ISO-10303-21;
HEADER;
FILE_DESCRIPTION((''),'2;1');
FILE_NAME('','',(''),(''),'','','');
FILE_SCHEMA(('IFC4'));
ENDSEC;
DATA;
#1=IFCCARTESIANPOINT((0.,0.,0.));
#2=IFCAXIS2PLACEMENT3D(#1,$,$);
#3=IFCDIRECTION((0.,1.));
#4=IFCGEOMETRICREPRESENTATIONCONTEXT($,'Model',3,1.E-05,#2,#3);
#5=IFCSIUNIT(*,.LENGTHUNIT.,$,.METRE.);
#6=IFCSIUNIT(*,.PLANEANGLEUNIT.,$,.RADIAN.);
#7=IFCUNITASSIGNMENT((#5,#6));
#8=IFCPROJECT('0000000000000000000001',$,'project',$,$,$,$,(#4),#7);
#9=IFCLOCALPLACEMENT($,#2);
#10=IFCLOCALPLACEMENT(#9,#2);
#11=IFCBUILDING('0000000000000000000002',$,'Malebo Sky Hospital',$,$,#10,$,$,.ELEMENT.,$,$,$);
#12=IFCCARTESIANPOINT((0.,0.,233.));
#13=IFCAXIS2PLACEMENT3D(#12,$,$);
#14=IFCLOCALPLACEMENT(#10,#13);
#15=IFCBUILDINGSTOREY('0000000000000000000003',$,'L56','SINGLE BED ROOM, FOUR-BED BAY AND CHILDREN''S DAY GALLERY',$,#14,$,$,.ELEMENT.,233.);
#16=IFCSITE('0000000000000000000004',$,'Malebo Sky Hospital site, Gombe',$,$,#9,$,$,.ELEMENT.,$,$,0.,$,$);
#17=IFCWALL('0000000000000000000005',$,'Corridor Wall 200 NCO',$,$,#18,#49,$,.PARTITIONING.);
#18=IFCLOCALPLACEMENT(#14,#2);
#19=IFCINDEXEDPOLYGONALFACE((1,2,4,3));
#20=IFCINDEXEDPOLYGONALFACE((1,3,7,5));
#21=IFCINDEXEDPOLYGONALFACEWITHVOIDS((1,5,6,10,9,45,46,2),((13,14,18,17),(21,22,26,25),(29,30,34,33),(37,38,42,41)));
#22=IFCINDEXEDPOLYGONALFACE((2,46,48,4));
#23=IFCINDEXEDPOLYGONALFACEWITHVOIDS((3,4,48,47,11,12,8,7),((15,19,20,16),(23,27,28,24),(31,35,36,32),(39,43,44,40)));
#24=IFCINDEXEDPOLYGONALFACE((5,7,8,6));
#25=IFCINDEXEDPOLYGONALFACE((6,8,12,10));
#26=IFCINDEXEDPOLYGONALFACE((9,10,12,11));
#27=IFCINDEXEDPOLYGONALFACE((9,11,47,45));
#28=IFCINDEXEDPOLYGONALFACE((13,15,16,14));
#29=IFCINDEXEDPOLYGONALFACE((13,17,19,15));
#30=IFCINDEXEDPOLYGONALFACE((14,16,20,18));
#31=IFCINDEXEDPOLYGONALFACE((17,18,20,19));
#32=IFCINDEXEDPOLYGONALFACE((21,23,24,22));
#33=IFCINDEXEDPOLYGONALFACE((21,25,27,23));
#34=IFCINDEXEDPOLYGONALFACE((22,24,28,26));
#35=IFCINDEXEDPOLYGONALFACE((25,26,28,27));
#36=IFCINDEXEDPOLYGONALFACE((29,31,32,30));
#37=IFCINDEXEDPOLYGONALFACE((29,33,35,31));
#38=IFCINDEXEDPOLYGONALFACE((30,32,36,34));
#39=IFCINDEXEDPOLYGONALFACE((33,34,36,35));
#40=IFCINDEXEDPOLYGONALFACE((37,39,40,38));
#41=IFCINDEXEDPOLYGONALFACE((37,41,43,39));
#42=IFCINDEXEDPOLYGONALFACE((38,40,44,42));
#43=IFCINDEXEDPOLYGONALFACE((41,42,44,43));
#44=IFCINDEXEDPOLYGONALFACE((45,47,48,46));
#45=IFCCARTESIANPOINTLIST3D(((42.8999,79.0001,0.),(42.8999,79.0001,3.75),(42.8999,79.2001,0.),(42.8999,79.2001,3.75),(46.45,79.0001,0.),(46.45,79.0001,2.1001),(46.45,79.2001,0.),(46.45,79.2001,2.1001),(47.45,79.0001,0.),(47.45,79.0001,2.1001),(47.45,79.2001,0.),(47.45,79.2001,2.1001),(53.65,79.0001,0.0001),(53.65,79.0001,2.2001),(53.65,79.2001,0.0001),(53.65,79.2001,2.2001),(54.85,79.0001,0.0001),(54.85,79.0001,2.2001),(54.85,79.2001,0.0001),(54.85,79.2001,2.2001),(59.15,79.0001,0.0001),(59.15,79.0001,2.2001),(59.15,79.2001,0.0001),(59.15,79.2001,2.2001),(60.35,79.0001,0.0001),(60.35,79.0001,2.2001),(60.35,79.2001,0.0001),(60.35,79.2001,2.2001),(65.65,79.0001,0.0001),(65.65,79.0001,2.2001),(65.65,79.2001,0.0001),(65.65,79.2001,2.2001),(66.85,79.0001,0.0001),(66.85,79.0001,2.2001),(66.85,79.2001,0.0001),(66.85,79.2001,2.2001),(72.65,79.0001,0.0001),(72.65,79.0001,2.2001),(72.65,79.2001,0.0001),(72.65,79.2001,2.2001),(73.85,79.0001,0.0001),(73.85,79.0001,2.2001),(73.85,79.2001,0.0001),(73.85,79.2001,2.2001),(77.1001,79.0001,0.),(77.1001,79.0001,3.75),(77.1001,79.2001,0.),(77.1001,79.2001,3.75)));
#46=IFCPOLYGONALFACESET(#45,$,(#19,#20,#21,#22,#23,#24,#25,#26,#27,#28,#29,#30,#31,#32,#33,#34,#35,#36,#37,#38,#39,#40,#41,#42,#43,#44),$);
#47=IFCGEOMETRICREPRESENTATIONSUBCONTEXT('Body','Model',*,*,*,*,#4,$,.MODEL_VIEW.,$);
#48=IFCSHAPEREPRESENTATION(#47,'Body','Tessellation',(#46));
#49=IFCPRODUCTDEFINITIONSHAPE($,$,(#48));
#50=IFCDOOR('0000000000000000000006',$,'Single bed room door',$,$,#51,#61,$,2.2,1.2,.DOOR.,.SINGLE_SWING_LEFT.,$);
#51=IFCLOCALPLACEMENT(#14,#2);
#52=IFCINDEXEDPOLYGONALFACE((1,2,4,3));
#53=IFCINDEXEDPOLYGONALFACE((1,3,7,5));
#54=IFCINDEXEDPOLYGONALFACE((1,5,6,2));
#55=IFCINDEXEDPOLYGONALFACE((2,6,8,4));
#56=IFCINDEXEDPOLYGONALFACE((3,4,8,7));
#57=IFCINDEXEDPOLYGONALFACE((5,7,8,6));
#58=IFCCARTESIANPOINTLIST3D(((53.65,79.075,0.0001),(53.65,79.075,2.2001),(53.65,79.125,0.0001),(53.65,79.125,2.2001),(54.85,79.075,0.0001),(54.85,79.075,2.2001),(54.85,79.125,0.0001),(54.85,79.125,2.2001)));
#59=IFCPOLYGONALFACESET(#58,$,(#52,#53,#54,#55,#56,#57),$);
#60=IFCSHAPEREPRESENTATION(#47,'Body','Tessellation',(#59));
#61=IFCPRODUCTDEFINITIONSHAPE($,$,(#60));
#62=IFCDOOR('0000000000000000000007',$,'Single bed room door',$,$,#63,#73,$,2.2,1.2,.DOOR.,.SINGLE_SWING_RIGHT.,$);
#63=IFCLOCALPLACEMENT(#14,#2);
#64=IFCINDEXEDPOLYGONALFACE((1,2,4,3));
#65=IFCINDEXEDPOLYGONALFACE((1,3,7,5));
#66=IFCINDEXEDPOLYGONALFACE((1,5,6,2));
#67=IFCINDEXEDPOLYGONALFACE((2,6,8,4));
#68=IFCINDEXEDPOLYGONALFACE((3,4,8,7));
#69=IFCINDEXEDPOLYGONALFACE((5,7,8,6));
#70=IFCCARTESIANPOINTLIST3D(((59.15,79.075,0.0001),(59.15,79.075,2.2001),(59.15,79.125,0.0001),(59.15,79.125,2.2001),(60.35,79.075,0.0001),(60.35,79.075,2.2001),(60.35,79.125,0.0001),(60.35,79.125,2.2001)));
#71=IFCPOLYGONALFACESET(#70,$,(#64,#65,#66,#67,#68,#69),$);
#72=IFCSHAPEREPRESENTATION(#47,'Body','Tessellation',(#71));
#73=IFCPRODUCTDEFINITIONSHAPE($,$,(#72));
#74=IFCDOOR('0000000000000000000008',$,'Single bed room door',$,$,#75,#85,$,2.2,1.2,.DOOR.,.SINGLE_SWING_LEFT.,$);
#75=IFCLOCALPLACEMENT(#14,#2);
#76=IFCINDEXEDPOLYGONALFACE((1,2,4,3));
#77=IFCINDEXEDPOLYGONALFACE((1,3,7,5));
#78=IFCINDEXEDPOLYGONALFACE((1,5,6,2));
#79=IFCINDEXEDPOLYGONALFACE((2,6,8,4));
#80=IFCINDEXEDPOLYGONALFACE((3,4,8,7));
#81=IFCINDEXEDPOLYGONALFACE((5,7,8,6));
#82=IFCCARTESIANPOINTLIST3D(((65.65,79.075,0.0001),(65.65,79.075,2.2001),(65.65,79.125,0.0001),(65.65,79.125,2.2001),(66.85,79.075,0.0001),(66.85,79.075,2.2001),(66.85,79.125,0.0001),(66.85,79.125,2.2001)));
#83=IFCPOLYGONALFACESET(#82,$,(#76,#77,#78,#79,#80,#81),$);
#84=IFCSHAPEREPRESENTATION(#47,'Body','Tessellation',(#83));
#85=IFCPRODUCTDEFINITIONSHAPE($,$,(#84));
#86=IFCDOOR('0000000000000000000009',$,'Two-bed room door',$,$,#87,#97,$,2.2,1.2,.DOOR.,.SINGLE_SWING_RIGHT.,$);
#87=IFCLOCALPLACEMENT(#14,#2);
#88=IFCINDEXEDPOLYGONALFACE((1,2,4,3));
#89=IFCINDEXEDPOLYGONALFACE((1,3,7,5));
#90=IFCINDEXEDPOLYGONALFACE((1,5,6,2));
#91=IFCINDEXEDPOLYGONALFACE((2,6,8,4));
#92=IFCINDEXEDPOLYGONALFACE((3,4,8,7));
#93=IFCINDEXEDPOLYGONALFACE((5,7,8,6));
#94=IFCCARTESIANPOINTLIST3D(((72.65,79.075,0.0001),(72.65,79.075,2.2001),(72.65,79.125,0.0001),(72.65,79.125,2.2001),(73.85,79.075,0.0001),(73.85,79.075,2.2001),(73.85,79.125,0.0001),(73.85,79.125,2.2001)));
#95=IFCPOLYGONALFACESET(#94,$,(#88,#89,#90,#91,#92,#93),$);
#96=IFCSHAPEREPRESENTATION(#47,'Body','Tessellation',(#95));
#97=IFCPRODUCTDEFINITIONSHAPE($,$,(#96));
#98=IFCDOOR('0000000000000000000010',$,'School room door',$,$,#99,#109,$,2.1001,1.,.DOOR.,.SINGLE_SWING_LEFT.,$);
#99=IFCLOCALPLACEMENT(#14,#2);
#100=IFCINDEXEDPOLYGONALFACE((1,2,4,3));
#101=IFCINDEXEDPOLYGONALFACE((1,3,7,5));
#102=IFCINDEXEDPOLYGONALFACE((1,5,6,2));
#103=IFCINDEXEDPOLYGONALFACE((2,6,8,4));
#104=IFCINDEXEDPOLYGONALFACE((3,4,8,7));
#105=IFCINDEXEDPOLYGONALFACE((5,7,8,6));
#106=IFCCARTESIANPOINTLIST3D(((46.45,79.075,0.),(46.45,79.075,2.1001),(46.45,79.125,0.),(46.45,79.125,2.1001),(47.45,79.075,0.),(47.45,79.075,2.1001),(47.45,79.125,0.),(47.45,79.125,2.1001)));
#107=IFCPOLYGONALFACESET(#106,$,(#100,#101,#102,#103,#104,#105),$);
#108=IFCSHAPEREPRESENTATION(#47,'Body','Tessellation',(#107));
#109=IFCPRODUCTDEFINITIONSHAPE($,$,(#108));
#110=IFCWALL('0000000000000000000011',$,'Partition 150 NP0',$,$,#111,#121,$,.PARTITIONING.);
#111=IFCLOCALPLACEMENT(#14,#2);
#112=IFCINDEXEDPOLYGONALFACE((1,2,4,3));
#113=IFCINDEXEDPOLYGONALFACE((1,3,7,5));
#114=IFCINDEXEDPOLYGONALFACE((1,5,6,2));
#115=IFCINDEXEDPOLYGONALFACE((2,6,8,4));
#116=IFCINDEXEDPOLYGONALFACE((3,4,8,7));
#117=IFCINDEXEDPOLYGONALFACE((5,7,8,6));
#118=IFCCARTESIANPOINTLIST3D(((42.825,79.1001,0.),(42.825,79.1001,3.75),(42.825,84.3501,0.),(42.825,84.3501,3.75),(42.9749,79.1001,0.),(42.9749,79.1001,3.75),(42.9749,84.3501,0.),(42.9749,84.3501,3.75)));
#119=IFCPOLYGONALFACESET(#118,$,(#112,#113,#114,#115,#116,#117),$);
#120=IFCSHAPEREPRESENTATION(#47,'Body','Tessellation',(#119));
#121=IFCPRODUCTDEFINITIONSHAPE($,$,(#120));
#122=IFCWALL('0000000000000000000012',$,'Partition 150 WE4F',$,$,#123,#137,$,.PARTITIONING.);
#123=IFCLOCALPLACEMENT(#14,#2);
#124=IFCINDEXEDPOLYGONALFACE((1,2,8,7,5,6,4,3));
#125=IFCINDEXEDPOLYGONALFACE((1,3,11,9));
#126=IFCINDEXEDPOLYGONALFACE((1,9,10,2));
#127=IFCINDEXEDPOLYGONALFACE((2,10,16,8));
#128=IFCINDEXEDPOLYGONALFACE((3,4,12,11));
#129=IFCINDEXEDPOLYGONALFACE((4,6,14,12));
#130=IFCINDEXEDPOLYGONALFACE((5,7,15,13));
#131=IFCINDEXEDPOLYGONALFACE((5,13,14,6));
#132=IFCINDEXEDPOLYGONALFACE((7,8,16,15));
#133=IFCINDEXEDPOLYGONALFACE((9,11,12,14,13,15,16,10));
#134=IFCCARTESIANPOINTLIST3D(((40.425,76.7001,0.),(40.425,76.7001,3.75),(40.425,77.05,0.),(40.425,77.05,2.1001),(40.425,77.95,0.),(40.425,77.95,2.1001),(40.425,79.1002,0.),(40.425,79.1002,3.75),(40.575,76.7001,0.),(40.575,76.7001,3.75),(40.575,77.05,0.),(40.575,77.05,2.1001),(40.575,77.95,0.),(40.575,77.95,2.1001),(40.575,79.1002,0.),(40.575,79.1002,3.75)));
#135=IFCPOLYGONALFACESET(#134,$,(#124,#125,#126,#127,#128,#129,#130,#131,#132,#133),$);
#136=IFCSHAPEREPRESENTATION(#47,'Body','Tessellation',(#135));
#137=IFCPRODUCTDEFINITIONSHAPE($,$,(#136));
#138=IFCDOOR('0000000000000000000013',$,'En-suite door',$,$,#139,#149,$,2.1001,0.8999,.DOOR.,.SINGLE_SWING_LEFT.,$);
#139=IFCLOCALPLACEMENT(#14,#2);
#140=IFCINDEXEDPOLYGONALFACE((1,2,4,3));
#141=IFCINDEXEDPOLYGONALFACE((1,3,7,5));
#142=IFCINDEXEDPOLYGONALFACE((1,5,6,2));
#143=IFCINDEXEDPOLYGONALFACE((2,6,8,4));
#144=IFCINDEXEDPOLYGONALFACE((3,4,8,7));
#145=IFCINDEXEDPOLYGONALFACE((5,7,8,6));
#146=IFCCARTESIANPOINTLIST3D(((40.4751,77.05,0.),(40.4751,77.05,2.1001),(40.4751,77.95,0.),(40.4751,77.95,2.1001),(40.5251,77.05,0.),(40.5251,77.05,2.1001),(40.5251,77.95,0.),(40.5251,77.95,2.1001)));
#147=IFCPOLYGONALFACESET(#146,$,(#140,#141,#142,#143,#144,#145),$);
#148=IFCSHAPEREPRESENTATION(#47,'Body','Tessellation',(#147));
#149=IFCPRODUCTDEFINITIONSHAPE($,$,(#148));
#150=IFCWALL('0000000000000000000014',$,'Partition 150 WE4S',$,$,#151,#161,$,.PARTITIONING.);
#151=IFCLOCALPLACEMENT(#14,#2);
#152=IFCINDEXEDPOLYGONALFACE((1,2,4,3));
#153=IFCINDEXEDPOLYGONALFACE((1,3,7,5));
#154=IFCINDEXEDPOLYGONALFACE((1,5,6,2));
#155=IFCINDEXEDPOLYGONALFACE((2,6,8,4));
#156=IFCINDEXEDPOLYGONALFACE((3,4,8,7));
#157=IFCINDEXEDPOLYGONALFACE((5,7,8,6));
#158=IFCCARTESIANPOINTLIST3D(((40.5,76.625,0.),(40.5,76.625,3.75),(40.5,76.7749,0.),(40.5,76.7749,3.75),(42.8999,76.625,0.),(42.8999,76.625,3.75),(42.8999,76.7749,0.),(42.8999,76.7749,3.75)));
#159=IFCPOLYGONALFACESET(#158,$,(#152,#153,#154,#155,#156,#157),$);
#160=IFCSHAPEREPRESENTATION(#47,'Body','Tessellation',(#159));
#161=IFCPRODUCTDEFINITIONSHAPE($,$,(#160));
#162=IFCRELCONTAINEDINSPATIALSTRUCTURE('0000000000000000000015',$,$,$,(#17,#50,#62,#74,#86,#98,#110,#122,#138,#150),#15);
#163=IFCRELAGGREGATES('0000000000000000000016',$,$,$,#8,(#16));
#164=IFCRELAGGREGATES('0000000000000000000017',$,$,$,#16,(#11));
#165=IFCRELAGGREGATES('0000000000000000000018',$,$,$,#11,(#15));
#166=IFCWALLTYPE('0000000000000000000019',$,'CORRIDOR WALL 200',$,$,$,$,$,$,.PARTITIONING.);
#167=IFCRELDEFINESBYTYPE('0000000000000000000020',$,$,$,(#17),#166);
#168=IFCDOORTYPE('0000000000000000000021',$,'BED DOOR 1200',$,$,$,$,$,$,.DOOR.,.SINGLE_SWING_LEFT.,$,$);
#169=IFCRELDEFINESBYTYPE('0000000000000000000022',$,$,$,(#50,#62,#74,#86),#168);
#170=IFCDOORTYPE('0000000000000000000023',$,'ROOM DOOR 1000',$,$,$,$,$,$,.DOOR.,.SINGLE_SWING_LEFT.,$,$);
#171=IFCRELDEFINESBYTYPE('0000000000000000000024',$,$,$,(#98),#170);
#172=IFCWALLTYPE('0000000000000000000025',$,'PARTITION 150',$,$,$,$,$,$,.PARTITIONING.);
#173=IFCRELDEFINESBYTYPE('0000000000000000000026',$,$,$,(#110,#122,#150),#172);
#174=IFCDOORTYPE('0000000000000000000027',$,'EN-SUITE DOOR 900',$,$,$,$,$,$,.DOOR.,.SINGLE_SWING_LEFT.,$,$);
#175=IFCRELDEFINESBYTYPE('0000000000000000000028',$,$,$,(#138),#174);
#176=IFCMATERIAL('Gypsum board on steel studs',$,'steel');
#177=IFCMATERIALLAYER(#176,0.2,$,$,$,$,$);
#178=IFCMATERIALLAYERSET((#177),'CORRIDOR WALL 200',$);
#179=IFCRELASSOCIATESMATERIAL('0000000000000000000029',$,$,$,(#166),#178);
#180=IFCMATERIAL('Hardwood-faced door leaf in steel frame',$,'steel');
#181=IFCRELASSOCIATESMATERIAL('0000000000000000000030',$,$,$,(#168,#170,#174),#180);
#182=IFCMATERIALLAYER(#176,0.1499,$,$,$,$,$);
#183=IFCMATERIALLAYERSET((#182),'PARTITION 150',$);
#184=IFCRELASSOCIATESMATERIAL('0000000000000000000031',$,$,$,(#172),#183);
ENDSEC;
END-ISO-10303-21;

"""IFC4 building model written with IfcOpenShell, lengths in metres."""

from ifc_helpers import new_model, si_unit, direction, frame, frame_2d, origin, place, context, subcontext, project, spatial, rectangle, extrude, material, layer, layer_set, type_object, element, fill, save


model = new_model("IFC4")

# Units and contexts
model_context = context("Model", 3, precision=1e-05, world=origin(), true_north=direction((0.0, 1.0)))
body_context = subcontext(model_context, "Body", "Model", "MODEL_VIEW")
ifc_project = project(units=[si_unit("LENGTHUNIT", "METRE"), si_unit("PLANEANGLEUNIT", "RADIAN")], contexts=[model_context])

# Site, building, storey
site_placement = place(None, origin())
site = spatial("IfcSite", under=ifc_project, at=site_placement, Name="Malebo Sky Hospital site, Gombe", CompositionType="ELEMENT", RefElevation=0.0)
building_placement = place(site_placement, origin())
building = spatial("IfcBuilding", under=site, at=building_placement, Name="Malebo Sky Hospital", CompositionType="ELEMENT")
storey_placement = place(building_placement, frame((0.0, 0.0, 233.0)))
storey = spatial("IfcBuildingStorey", under=building, at=storey_placement, Name="L56", Description="SINGLE BED ROOM, FOUR-BED BAY AND CHILDREN'S DAY GALLERY", CompositionType="ELEMENT", Elevation=233.0)

# Wall, openings, doors
ifc_material_1 = material(Name="Gypsum board on steel studs", Category="steel")
ifc_layer_1 = layer(ifc_material_1, 0.2)
ifc_layer_set_1 = layer_set([ifc_layer_1], Name="CORRIDOR WALL 200")
wall_type_1 = type_object("IfcWallType", Name="CORRIDOR WALL 200", PredefinedType="PARTITIONING", material=ifc_layer_set_1)
wall_1_placement = place(storey_placement, frame((42.8999, 79.1001, 0.0), z_axis=(0.0, 0.0, 1.0), x_axis=(1.0, 0.0, 0.0)))
wall_1 = element("IfcWall", 1, at=wall_1_placement, inside=storey, type_object=wall_type_1, Name="Corridor Wall 200 NCO", PredefinedType="PARTITIONING", context=body_context, shape_type="SweptSolid", body=[
    extrude(rectangle(XDim=34.2002, YDim=0.2, at=frame_2d((17.1001, 0.0))), origin(), (0.0, 0.0, 1.0), 3.75),
])
opening_1_placement = place(wall_1_placement, frame((3.55, 0.0, 0.0)))
opening_1 = element("IfcOpeningElement", 2, at=opening_1_placement, cuts=wall_1, PredefinedType="OPENING", context=body_context, shape_type="SweptSolid", body=[
    extrude(rectangle(XDim=1.0, YDim=2.1001, at=frame_2d((0.5, 1.05))), frame((0.0, 0.1099, 0.0), z_axis=(0.0, -1.0, 0.0), x_axis=(1.0, 0.0, 0.0)), (0.0, 0.0, 1.0), 0.22),
])
opening_2_placement = place(wall_1_placement, frame((10.75, 0.0, 0.0)))
opening_2 = element("IfcOpeningElement", 3, at=opening_2_placement, cuts=wall_1, PredefinedType="OPENING", context=body_context, shape_type="SweptSolid", body=[
    extrude(rectangle(XDim=1.2, YDim=2.2, at=frame_2d((0.6001, 1.1001))), frame((0.0, 0.1099, 0.0), z_axis=(0.0, -1.0, 0.0), x_axis=(1.0, 0.0, 0.0)), (0.0, 0.0, 1.0), 0.22),
])
opening_3_placement = place(wall_1_placement, frame((16.25, 0.0, 0.0)))
opening_3 = element("IfcOpeningElement", 4, at=opening_3_placement, cuts=wall_1, PredefinedType="OPENING", context=body_context, shape_type="SweptSolid", body=[
    extrude(rectangle(XDim=1.2, YDim=2.2, at=frame_2d((0.6001, 1.1001))), frame((0.0, 0.1099, 0.0), z_axis=(0.0, -1.0, 0.0), x_axis=(1.0, 0.0, 0.0)), (0.0, 0.0, 1.0), 0.22),
])
opening_4_placement = place(wall_1_placement, frame((22.75, 0.0, 0.0)))
opening_4 = element("IfcOpeningElement", 5, at=opening_4_placement, cuts=wall_1, PredefinedType="OPENING", context=body_context, shape_type="SweptSolid", body=[
    extrude(rectangle(XDim=1.2, YDim=2.2, at=frame_2d((0.6001, 1.1001))), frame((0.0, 0.1099, 0.0), z_axis=(0.0, -1.0, 0.0), x_axis=(1.0, 0.0, 0.0)), (0.0, 0.0, 1.0), 0.22),
])
opening_5_placement = place(wall_1_placement, frame((29.75, 0.0, 0.0)))
opening_5 = element("IfcOpeningElement", 6, at=opening_5_placement, cuts=wall_1, PredefinedType="OPENING", context=body_context, shape_type="SweptSolid", body=[
    extrude(rectangle(XDim=1.2, YDim=2.2, at=frame_2d((0.6001, 1.1001))), frame((0.0, 0.1099, 0.0), z_axis=(0.0, -1.0, 0.0), x_axis=(1.0, 0.0, 0.0)), (0.0, 0.0, 1.0), 0.22),
])
ifc_material_2 = material(Name="Hardwood-faced door leaf in steel frame", Category="steel")
door_type_1 = type_object("IfcDoorType", Name="BED DOOR 1200", OperationType="SINGLE_SWING_LEFT", PredefinedType="DOOR", material=ifc_material_2)
door_1_placement = place(opening_2_placement, origin())
door_1 = element("IfcDoor", 7, at=door_1_placement, inside=storey, type_object=door_type_1, Name="Single bed room door", OperationType="SINGLE_SWING_LEFT", OverallHeight=2.2, OverallWidth=1.2, PredefinedType="DOOR", context=body_context, shape_type="SweptSolid", body=[
    extrude(rectangle(XDim=1.2, YDim=2.2, at=frame_2d((0.6001, 1.1001))), frame((0.0, 0.0249, 0.0), z_axis=(0.0, -1.0, 0.0), x_axis=(1.0, 0.0, 0.0)), (0.0, 0.0, 1.0), 0.05),
])
fill(opening_2, door_1)
door_2_placement = place(opening_3_placement, origin())
door_2 = element("IfcDoor", 8, at=door_2_placement, inside=storey, type_object=door_type_1, Name="Single bed room door", OperationType="SINGLE_SWING_RIGHT", OverallHeight=2.2, OverallWidth=1.2, PredefinedType="DOOR", context=body_context, shape_type="SweptSolid", body=[
    extrude(rectangle(XDim=1.2, YDim=2.2, at=frame_2d((0.6001, 1.1001))), frame((0.0, 0.0249, 0.0), z_axis=(0.0, -1.0, 0.0), x_axis=(1.0, 0.0, 0.0)), (0.0, 0.0, 1.0), 0.05),
])
fill(opening_3, door_2)
door_3_placement = place(opening_4_placement, origin())
door_3 = element("IfcDoor", 9, at=door_3_placement, inside=storey, type_object=door_type_1, Name="Single bed room door", OperationType="SINGLE_SWING_LEFT", OverallHeight=2.2, OverallWidth=1.2, PredefinedType="DOOR", context=body_context, shape_type="SweptSolid", body=[
    extrude(rectangle(XDim=1.2, YDim=2.2, at=frame_2d((0.6001, 1.1001))), frame((0.0, 0.0249, 0.0), z_axis=(0.0, -1.0, 0.0), x_axis=(1.0, 0.0, 0.0)), (0.0, 0.0, 1.0), 0.05),
])
fill(opening_4, door_3)
door_4_placement = place(opening_5_placement, origin())
door_4 = element("IfcDoor", 10, at=door_4_placement, inside=storey, type_object=door_type_1, Name="Two-bed room door", OperationType="SINGLE_SWING_RIGHT", OverallHeight=2.2, OverallWidth=1.2, PredefinedType="DOOR", context=body_context, shape_type="SweptSolid", body=[
    extrude(rectangle(XDim=1.2, YDim=2.2, at=frame_2d((0.6001, 1.1001))), frame((0.0, 0.0249, 0.0), z_axis=(0.0, -1.0, 0.0), x_axis=(1.0, 0.0, 0.0)), (0.0, 0.0, 1.0), 0.05),
])
fill(opening_5, door_4)
door_type_2 = type_object("IfcDoorType", Name="ROOM DOOR 1000", OperationType="SINGLE_SWING_LEFT", PredefinedType="DOOR", material=ifc_material_2)
door_5_placement = place(opening_1_placement, origin())
door_5 = element("IfcDoor", 11, at=door_5_placement, inside=storey, type_object=door_type_2, Name="School room door", OperationType="SINGLE_SWING_LEFT", OverallHeight=2.1001, OverallWidth=1.0, PredefinedType="DOOR", context=body_context, shape_type="SweptSolid", body=[
    extrude(rectangle(XDim=1.0, YDim=2.1001, at=frame_2d((0.5, 1.05))), frame((0.0, 0.0249, 0.0), z_axis=(0.0, -1.0, 0.0), x_axis=(1.0, 0.0, 0.0)), (0.0, 0.0, 1.0), 0.05),
])
fill(opening_1, door_5)

# Wall
ifc_layer_2 = layer(ifc_material_1, 0.1499)
ifc_layer_set_2 = layer_set([ifc_layer_2], Name="PARTITION 150")
wall_type_2 = type_object("IfcWallType", Name="PARTITION 150", PredefinedType="PARTITIONING", material=ifc_layer_set_2)
wall_2_placement = place(storey_placement, frame((42.8999, 79.1001, 0.0), z_axis=(0.0, 0.0, 1.0), x_axis=(0.0, 1.0, 0.0)))
element("IfcWall", 12, at=wall_2_placement, inside=storey, type_object=wall_type_2, Name="Partition 150 NP0", PredefinedType="PARTITIONING", context=body_context, shape_type="SweptSolid", body=[
    extrude(rectangle(XDim=5.25, YDim=0.1499, at=frame_2d((2.625, 0.0))), origin(), (0.0, 0.0, 1.0), 3.75),
])

# Wall, opening, door
wall_3_placement = place(storey_placement, frame((40.5, 76.7, 0.0), z_axis=(0.0, 0.0, 1.0), x_axis=(0.0, 1.0, 0.0)))
wall_3 = element("IfcWall", 13, at=wall_3_placement, inside=storey, type_object=wall_type_2, Name="Partition 150 WE4F", PredefinedType="PARTITIONING", context=body_context, shape_type="SweptSolid", body=[
    extrude(rectangle(XDim=2.4001, YDim=0.1499, at=frame_2d((1.2002, 0.0))), origin(), (0.0, 0.0, 1.0), 3.75),
])
opening_6_placement = place(wall_3_placement, frame((0.3501, 0.0, 0.0)))
opening_6 = element("IfcOpeningElement", 14, at=opening_6_placement, cuts=wall_3, PredefinedType="OPENING", context=body_context, shape_type="SweptSolid", body=[
    extrude(rectangle(XDim=0.8999, YDim=2.1001, at=frame_2d((0.45, 1.05))), frame((0.0, 0.085, 0.0), z_axis=(0.0, -1.0, 0.0), x_axis=(1.0, 0.0, 0.0)), (0.0, 0.0, 1.0), 0.1699),
])
door_type_3 = type_object("IfcDoorType", Name="EN-SUITE DOOR 900", OperationType="SINGLE_SWING_LEFT", PredefinedType="DOOR", material=ifc_material_2)
door_6_placement = place(opening_6_placement, origin())
door_6 = element("IfcDoor", 15, at=door_6_placement, inside=storey, type_object=door_type_3, Name="En-suite door", OperationType="SINGLE_SWING_LEFT", OverallHeight=2.1001, OverallWidth=0.8999, PredefinedType="DOOR", context=body_context, shape_type="SweptSolid", body=[
    extrude(rectangle(XDim=0.8999, YDim=2.1001, at=frame_2d((0.45, 1.05))), frame((0.0, 0.0249, 0.0), z_axis=(0.0, -1.0, 0.0), x_axis=(1.0, 0.0, 0.0)), (0.0, 0.0, 1.0), 0.05),
])
fill(opening_6, door_6)

# Wall
for number, where, z_axis, x_axis, name in (
    (16, (42.8999, 76.7, 0.0), (0.0, 0.0, 1.0), (-1.0, 0.0, 0.0), "Partition 150 WE4S"),
):
    element("IfcWall", number, at=place(storey_placement, frame(where, z_axis=z_axis, x_axis=x_axis)), inside=storey, type_object=wall_type_2, Name=name, PredefinedType="PARTITIONING", context=body_context, shape_type="SweptSolid", body=[
        extrude(rectangle(XDim=2.3999, YDim=0.1499, at=frame_2d((1.2, 0.0))), origin(), (0.0, 0.0, 1.0), 3.75),
    ])

save(model, "model.ifc")
